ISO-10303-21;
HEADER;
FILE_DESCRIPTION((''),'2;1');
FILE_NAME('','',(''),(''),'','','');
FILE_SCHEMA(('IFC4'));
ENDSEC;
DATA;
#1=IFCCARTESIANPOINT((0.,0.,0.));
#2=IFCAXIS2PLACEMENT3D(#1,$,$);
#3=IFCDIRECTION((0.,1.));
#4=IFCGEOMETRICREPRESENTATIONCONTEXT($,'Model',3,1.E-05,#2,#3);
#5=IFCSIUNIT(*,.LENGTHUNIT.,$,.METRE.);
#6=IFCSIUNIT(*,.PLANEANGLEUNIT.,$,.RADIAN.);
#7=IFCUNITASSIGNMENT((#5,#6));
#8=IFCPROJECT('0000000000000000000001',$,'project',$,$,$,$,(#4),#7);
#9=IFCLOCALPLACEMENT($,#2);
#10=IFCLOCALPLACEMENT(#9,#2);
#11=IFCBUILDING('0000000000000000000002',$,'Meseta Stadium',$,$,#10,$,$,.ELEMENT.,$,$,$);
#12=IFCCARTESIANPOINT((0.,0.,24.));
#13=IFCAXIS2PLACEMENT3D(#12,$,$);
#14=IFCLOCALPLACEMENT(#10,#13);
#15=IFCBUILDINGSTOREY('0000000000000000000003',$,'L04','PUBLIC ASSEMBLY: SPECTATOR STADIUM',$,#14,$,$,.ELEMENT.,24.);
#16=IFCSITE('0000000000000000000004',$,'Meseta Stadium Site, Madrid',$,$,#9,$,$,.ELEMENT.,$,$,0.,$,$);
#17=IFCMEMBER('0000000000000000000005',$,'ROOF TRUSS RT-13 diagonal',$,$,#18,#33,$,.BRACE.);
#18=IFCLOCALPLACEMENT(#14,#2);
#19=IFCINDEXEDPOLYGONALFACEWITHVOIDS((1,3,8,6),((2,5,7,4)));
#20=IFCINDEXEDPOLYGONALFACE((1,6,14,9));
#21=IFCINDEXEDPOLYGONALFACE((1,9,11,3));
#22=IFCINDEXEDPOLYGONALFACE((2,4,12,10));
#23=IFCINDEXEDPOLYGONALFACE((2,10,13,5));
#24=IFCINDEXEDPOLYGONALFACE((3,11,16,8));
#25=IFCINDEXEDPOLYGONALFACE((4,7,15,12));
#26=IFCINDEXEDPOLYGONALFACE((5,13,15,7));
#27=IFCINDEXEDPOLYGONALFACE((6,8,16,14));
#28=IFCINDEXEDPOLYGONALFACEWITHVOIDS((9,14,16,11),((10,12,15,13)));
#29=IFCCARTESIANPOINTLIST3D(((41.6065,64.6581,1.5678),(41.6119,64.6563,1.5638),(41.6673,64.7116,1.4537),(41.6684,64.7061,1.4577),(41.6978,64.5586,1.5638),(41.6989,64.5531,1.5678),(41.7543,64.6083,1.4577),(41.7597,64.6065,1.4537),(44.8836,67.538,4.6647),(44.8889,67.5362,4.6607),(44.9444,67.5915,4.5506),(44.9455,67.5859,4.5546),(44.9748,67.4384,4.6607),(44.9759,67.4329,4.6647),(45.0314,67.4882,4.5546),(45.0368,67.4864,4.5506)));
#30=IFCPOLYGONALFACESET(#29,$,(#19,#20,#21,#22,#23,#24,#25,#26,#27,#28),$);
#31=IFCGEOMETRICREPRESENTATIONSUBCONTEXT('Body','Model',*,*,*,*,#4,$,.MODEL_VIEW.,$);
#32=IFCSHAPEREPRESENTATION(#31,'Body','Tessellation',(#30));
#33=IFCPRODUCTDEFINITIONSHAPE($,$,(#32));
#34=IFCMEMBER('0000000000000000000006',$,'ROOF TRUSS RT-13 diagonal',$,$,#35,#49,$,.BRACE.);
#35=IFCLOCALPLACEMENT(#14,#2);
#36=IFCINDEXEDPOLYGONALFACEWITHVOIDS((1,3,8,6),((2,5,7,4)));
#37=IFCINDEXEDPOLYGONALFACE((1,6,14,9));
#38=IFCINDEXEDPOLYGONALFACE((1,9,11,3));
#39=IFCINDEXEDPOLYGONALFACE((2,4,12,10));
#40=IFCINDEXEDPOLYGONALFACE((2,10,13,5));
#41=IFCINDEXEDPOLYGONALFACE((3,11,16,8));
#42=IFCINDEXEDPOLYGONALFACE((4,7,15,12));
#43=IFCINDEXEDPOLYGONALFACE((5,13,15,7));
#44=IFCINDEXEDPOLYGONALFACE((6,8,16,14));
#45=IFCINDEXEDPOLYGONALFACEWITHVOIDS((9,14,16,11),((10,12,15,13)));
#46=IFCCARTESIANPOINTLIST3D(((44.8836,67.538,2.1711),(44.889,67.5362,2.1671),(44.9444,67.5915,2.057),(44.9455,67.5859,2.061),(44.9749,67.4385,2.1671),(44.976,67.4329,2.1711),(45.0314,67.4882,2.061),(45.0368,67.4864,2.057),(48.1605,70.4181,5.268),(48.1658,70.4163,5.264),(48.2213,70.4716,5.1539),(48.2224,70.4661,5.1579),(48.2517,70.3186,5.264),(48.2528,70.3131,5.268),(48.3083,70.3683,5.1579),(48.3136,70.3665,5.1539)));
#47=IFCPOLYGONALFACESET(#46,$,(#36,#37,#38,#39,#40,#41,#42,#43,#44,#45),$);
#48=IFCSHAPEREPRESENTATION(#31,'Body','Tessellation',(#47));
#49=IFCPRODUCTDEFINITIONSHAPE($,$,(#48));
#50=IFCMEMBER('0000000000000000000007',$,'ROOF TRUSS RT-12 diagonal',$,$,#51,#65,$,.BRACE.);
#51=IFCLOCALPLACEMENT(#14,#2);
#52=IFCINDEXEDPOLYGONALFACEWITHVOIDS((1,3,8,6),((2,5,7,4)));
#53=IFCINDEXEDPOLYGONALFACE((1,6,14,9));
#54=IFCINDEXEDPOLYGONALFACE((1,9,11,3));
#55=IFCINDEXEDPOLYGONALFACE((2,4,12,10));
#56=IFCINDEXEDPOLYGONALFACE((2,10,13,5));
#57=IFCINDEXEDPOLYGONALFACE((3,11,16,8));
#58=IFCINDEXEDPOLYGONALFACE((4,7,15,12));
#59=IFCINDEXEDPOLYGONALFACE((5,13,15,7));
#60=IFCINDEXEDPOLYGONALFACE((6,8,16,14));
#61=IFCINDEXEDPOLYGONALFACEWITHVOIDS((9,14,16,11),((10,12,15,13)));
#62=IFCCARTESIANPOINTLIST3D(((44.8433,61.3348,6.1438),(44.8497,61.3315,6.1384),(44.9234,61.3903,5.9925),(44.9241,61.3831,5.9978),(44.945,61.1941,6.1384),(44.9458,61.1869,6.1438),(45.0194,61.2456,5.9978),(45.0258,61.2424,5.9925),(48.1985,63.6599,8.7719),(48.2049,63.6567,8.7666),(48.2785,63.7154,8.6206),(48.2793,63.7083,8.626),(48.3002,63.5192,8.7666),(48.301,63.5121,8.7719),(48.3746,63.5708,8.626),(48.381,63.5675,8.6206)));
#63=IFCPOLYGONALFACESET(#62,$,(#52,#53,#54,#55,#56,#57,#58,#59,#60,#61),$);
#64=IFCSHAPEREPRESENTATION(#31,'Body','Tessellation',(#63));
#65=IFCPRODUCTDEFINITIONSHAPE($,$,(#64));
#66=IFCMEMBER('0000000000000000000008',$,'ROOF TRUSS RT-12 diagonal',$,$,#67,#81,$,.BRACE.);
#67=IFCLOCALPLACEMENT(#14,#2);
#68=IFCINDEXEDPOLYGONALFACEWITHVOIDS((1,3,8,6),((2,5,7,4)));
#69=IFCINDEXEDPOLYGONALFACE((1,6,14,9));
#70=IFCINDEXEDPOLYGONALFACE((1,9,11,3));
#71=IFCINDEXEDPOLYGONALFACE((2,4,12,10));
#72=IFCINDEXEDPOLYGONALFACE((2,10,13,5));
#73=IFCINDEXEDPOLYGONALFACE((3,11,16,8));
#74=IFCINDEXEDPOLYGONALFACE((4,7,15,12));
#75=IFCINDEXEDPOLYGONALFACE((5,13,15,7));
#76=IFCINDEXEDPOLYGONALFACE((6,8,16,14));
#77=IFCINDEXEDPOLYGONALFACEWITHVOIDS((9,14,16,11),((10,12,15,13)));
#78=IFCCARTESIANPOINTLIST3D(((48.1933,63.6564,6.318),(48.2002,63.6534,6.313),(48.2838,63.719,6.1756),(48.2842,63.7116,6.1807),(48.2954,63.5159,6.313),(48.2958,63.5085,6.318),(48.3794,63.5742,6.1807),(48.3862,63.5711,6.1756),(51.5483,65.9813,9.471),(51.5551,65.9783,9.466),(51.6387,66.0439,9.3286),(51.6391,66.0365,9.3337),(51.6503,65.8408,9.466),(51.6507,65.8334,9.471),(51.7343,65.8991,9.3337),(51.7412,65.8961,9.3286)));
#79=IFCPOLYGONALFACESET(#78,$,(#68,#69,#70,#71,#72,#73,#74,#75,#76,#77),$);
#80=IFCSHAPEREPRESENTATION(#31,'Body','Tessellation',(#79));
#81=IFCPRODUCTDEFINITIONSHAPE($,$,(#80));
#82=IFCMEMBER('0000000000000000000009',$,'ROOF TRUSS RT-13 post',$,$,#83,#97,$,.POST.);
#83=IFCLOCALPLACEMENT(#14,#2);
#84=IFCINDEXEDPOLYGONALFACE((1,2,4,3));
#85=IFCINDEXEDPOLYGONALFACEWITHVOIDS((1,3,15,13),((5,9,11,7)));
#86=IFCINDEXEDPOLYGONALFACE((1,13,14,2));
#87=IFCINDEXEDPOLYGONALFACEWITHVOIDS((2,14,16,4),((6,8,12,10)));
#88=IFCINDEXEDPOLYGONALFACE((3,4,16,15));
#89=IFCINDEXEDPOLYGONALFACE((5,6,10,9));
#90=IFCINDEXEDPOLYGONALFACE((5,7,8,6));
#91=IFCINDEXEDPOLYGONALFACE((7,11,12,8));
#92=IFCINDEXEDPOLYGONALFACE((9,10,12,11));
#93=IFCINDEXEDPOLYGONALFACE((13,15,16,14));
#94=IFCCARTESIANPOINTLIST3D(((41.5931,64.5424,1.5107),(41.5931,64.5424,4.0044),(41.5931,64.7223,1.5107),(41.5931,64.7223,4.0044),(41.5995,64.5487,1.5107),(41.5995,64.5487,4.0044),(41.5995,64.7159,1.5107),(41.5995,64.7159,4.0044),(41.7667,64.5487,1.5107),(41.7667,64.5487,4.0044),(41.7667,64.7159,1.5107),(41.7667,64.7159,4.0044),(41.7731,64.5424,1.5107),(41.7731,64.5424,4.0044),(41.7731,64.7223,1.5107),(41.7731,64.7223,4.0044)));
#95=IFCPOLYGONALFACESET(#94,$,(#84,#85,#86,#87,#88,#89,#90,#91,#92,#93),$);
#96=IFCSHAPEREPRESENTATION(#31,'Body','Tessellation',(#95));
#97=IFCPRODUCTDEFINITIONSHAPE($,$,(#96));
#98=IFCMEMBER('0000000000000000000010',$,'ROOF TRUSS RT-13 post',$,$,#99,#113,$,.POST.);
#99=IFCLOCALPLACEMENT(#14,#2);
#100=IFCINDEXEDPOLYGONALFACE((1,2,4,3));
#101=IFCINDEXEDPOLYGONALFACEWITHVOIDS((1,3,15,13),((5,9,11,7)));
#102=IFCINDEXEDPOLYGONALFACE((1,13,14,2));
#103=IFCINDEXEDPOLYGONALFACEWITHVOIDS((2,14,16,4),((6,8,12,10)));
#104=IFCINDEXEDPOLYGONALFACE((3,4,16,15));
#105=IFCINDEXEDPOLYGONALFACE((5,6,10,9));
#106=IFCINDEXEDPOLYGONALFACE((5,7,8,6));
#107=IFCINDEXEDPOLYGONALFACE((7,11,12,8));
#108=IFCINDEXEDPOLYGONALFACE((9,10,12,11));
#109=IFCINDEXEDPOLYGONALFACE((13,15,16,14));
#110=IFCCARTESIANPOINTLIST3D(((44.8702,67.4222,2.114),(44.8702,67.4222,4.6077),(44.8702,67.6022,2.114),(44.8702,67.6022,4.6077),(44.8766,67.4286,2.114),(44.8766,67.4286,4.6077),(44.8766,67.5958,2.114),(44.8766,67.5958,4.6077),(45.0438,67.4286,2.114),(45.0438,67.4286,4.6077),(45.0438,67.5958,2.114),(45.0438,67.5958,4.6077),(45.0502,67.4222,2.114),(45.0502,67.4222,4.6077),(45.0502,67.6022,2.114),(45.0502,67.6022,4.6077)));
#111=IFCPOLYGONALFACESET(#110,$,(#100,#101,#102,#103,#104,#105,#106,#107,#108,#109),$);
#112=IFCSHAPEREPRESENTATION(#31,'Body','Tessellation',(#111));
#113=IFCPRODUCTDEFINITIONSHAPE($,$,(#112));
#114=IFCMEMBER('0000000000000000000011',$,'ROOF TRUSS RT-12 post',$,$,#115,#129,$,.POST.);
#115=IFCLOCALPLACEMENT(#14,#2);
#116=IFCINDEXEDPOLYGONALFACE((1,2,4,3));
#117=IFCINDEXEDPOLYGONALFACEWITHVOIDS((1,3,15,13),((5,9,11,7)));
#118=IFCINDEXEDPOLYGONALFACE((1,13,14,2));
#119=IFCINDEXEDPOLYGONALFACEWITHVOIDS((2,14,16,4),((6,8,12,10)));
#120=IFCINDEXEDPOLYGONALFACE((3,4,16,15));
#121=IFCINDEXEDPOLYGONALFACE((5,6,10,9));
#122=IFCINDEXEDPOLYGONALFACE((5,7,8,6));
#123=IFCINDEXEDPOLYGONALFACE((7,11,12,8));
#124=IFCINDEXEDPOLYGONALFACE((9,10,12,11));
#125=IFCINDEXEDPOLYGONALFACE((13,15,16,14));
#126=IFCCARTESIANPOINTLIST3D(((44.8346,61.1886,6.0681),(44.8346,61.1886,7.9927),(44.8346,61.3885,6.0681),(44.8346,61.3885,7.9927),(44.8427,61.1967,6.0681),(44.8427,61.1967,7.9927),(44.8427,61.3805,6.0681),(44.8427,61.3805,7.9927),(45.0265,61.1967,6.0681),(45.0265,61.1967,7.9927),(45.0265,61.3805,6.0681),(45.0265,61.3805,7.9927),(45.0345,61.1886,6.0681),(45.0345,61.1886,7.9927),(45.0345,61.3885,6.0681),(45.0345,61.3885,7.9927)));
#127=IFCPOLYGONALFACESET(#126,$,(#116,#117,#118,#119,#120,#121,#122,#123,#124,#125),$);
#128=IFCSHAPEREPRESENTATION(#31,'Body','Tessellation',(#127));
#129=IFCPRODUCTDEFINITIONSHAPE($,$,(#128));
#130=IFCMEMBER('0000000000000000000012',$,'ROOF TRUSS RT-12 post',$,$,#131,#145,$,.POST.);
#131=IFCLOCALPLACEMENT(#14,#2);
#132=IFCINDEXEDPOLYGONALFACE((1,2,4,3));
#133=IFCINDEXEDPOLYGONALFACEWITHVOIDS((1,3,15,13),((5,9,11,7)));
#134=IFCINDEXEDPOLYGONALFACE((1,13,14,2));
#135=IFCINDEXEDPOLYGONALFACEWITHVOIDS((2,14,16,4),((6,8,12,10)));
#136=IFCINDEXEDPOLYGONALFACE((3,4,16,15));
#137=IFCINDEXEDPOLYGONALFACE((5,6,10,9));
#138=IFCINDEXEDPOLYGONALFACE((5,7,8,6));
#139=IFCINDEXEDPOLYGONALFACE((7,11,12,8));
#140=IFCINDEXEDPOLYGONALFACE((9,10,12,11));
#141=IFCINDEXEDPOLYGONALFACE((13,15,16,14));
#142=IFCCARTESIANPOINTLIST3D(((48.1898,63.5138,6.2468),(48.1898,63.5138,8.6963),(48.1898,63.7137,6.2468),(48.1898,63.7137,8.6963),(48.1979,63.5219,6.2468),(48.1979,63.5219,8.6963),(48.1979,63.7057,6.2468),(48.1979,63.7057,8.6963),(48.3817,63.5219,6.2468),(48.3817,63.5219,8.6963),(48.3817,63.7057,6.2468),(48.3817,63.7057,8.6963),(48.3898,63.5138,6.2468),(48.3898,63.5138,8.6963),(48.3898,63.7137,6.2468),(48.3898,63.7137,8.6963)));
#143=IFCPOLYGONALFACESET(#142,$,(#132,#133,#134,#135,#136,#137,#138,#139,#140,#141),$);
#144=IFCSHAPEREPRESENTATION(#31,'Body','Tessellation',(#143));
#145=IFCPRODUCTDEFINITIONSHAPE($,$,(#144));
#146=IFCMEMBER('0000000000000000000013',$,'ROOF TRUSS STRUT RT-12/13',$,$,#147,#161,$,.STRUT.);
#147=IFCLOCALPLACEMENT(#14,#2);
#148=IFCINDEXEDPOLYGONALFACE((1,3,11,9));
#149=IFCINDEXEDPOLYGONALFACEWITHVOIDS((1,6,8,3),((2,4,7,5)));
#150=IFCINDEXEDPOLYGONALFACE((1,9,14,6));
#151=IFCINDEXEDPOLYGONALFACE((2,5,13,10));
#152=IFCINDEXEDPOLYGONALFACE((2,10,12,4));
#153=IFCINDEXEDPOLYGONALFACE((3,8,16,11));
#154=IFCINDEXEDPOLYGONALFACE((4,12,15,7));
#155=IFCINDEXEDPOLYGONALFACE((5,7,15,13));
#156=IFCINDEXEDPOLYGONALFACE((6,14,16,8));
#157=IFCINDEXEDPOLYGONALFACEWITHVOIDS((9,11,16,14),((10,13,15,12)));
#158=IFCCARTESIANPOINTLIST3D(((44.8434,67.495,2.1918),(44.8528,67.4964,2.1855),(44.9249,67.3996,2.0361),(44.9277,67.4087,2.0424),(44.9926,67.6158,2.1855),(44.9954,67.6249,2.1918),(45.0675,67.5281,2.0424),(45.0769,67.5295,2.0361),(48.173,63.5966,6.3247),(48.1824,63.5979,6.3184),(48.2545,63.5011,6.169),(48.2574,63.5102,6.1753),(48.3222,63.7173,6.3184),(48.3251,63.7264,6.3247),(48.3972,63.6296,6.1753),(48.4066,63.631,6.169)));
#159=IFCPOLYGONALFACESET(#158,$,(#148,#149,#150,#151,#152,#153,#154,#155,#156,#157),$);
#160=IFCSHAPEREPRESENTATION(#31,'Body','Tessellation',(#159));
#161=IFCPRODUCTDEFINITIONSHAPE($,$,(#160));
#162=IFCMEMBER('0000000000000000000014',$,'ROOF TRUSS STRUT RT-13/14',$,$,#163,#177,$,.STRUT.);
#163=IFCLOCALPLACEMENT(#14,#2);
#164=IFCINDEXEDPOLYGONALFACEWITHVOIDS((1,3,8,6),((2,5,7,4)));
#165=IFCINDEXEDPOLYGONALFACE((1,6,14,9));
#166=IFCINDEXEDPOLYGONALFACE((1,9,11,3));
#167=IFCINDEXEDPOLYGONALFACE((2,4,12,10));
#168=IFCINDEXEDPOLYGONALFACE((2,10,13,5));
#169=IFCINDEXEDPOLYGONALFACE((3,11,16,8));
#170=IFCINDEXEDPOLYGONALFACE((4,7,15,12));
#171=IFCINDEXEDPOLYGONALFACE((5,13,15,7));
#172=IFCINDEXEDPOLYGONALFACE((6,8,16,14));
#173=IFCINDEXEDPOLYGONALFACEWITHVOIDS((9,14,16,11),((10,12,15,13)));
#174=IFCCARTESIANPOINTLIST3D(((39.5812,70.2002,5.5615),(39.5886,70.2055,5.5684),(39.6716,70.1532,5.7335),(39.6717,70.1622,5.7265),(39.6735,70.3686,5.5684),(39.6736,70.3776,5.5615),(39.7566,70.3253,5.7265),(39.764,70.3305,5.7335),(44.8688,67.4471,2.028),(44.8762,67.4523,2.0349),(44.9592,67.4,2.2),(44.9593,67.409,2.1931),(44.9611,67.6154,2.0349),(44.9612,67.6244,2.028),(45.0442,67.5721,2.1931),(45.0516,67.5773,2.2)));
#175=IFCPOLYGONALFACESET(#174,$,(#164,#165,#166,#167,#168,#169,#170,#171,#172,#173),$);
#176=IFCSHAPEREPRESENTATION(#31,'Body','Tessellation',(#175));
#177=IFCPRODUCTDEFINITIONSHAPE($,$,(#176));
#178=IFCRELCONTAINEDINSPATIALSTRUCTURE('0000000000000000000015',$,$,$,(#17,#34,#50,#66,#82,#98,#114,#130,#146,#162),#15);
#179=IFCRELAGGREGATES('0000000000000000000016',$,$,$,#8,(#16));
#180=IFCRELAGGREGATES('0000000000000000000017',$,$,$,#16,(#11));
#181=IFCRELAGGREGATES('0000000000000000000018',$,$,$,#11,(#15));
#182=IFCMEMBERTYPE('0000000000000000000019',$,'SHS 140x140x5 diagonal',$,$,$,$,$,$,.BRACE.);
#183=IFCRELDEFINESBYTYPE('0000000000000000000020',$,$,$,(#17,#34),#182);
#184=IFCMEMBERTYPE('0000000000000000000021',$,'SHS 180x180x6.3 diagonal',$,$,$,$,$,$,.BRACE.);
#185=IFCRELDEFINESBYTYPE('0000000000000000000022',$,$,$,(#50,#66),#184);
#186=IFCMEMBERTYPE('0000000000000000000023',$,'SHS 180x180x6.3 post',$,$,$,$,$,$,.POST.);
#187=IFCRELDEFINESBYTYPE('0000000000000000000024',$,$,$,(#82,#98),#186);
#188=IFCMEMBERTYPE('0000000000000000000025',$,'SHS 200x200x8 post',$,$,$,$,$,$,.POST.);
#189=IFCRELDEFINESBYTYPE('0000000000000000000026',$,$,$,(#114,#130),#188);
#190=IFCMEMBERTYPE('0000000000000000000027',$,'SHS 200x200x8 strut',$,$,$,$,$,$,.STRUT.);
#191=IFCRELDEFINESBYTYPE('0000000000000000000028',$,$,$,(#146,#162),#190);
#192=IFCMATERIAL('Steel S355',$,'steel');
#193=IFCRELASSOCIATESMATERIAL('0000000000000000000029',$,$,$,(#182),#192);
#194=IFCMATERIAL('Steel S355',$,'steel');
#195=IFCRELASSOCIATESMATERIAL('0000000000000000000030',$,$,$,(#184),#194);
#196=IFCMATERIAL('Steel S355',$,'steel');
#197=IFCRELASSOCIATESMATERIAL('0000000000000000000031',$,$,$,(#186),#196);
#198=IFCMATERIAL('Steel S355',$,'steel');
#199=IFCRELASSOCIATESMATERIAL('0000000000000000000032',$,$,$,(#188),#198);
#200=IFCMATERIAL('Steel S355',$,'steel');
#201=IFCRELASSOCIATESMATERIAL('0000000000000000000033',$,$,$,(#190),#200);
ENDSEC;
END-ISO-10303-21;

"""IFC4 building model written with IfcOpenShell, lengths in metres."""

from ifc_helpers import new_model, si_unit, direction, frame, origin, origin_2d, place, context, subcontext, project, spatial, hollow_rectangle, extrude, material, material_profile, profile_set, type_object, element, save


model = new_model("IFC4")

# Units and contexts
model_context = context("Model", 3, precision=1e-05, world=origin(), true_north=direction((0.0, 1.0)))
body_context = subcontext(model_context, "Body", "Model", "MODEL_VIEW")
ifc_project = project(units=[si_unit("LENGTHUNIT", "METRE"), si_unit("PLANEANGLEUNIT", "RADIAN")], contexts=[model_context])

# Site, building, storey
site_placement = place(None, origin())
site = spatial("IfcSite", under=ifc_project, at=site_placement, Name="Meseta Stadium Site, Madrid", CompositionType="ELEMENT", RefElevation=0.0)
building_placement = place(site_placement, origin())
building = spatial("IfcBuilding", under=site, at=building_placement, Name="Meseta Stadium", CompositionType="ELEMENT")
storey_placement = place(building_placement, frame((0.0, 0.0, 24.0)))
storey = spatial("IfcBuildingStorey", under=building, at=storey_placement, Name="L04", Description="PUBLIC ASSEMBLY: SPECTATOR STADIUM", CompositionType="ELEMENT", Elevation=24.0)

# Members
ifc_material_1 = material(Name="Steel S355", Category="steel")
ifc_material_profile_1 = material_profile(ifc_material_1, hollow_rectangle(XDim=0.1399, YDim=0.1399, WallThickness=0.0049, at=origin_2d()), Name="SHS 140x140x5")
ifc_profile_set_1 = profile_set([ifc_material_profile_1], Name="Steel S355")
member_type_1 = type_object("IfcMemberType", Name="SHS 140x140x5 diagonal", PredefinedType="BRACE", material=ifc_profile_set_1)
for number, where, z_axis, x_axis, name in (
    (1, (41.6831, 64.6323, 1.5107), (0.612525, 0.538281, 0.578849), (-0.660116, 0.751164, 0.0), "ROOF TRUSS RT-13 diagonal"),
    (2, (44.9602, 67.5122, 2.114), (0.612482, 0.538329, 0.578851), (-0.660175, 0.751112, 0.0), "ROOF TRUSS RT-13 diagonal"),
):
    element("IfcMember", number, at=place(storey_placement, frame(where, z_axis=z_axis, x_axis=x_axis)), inside=storey, type_object=member_type_1, Name=name, PredefinedType="BRACE", context=body_context, shape_type="SweptSolid", body=[
        extrude(hollow_rectangle(XDim=0.1399, YDim=0.1399, WallThickness=0.0049, at=origin_2d()), origin(), (0.0, 0.0, 1.0), 5.3501),
    ])
ifc_material_2 = material(Name="Steel S355", Category="steel")
ifc_material_profile_2 = material_profile(ifc_material_2, hollow_rectangle(XDim=0.1799, YDim=0.1799, WallThickness=0.0063, at=origin_2d()), Name="SHS 180x180x6.3")
ifc_profile_set_2 = profile_set([ifc_material_profile_2], Name="Steel S355")
member_type_2 = type_object("IfcMemberType", Name="SHS 180x180x6.3 diagonal", PredefinedType="BRACE", material=ifc_profile_set_2)
member_1_placement = place(storey_placement, frame((44.9346, 61.2886, 6.0681), z_axis=(0.691081, 0.478925, 0.54133), x_axis=(-0.569599, 0.821923, 0.0)))
element("IfcMember", 3, at=member_1_placement, inside=storey, type_object=member_type_2, Name="ROOF TRUSS RT-12 diagonal", PredefinedType="BRACE", context=body_context, shape_type="SweptSolid", body=[
    extrude(hollow_rectangle(XDim=0.1799, YDim=0.1799, WallThickness=0.0063, at=origin_2d()), origin(), (0.0, 0.0, 1.0), 4.855),
])
member_2_placement = place(storey_placement, frame((48.2898, 63.6138, 6.2468), z_axis=(0.650464, 0.450762, 0.611319), x_axis=(-0.569586, 0.821932, 0.0)))
element("IfcMember", 4, at=member_2_placement, inside=storey, type_object=member_type_2, Name="ROOF TRUSS RT-12 diagonal", PredefinedType="BRACE", context=body_context, shape_type="SweptSolid", body=[
    extrude(hollow_rectangle(XDim=0.1799, YDim=0.1799, WallThickness=0.0063, at=origin_2d()), origin(), (0.0, 0.0, 1.0), 5.1577),
])
ifc_material_3 = material(Name="Steel S355", Category="steel")
ifc_material_profile_3 = material_profile(ifc_material_3, hollow_rectangle(XDim=0.1799, YDim=0.1799, WallThickness=0.0063, at=origin_2d()), Name="SHS 180x180x6.3")
ifc_profile_set_3 = profile_set([ifc_material_profile_3], Name="Steel S355")
member_type_3 = type_object("IfcMemberType", Name="SHS 180x180x6.3 post", PredefinedType="POST", material=ifc_profile_set_3)
for number, where, z_axis, x_axis, name in (
    (5, (41.6831, 64.6323, 1.5107), (0.0, 0.0, 1.0), (1.0, 0.0, 0.0), "ROOF TRUSS RT-13 post"),
    (6, (44.9602, 67.5122, 2.114), (0.0, 0.0, 1.0), (1.0, 0.0, 0.0), "ROOF TRUSS RT-13 post"),
):
    element("IfcMember", number, at=place(storey_placement, frame(where, z_axis=z_axis, x_axis=x_axis)), inside=storey, type_object=member_type_3, Name=name, PredefinedType="POST", context=body_context, shape_type="SweptSolid", body=[
        extrude(hollow_rectangle(XDim=0.1799, YDim=0.1799, WallThickness=0.0063, at=origin_2d()), origin(), (0.0, 0.0, 1.0), 2.4937),
    ])
ifc_material_4 = material(Name="Steel S355", Category="steel")
ifc_material_profile_4 = material_profile(ifc_material_4, hollow_rectangle(XDim=0.2, YDim=0.2, WallThickness=0.0081, at=origin_2d()), Name="SHS 200x200x8")
ifc_profile_set_4 = profile_set([ifc_material_profile_4], Name="Steel S355")
member_type_4 = type_object("IfcMemberType", Name="SHS 200x200x8 post", PredefinedType="POST", material=ifc_profile_set_4)
member_3_placement = place(storey_placement, frame((44.9346, 61.2886, 6.0681), z_axis=(0.0, 0.0, 1.0), x_axis=(1.0, 0.0, 0.0)))
element("IfcMember", 7, at=member_3_placement, inside=storey, type_object=member_type_4, Name="ROOF TRUSS RT-12 post", PredefinedType="POST", context=body_context, shape_type="SweptSolid", body=[
    extrude(hollow_rectangle(XDim=0.2, YDim=0.2, WallThickness=0.0081, at=origin_2d()), origin(), (0.0, 0.0, 1.0), 1.9246),
])
member_4_placement = place(storey_placement, frame((48.2898, 63.6138, 6.2468), z_axis=(0.0, 0.0, 1.0), x_axis=(1.0, 0.0, 0.0)))
element("IfcMember", 8, at=member_4_placement, inside=storey, type_object=member_type_4, Name="ROOF TRUSS RT-12 post", PredefinedType="POST", context=body_context, shape_type="SweptSolid", body=[
    extrude(hollow_rectangle(XDim=0.2, YDim=0.2, WallThickness=0.0081, at=origin_2d()), origin(), (0.0, 0.0, 1.0), 2.4495),
])
ifc_material_5 = material(Name="Steel S355", Category="steel")
ifc_material_profile_5 = material_profile(ifc_material_5, hollow_rectangle(XDim=0.2, YDim=0.2, WallThickness=0.0081, at=origin_2d()), Name="SHS 200x200x8")
ifc_profile_set_5 = profile_set([ifc_material_profile_5], Name="Steel S355")
member_type_5 = type_object("IfcMemberType", Name="SHS 200x200x8 strut", PredefinedType="STRUT", material=ifc_profile_set_5)
member_5_placement = place(storey_placement, frame((48.2898, 63.6138, 6.2468), z_axis=(-0.505621, 0.592005, -0.627596), x_axis=(-0.760405, -0.649449, 0.0)))
element("IfcMember", 9, at=member_5_placement, inside=storey, type_object=member_type_5, Name="ROOF TRUSS STRUT RT-12/13", PredefinedType="STRUT", context=body_context, shape_type="SweptSolid", body=[
    extrude(hollow_rectangle(XDim=0.2, YDim=0.2, WallThickness=0.0081, at=origin_2d()), origin(), (0.0, 0.0, 1.0), 6.5852),
])
member_6_placement = place(storey_placement, frame((44.9602, 67.5122, 2.114), z_axis=(-0.763009, 0.397287, 0.509882), x_axis=(-0.461831, -0.886968, 0.0)))
element("IfcMember", 10, at=member_6_placement, inside=storey, type_object=member_type_5, Name="ROOF TRUSS STRUT RT-13/14", PredefinedType="STRUT", context=body_context, shape_type="SweptSolid", body=[
    extrude(hollow_rectangle(XDim=0.2, YDim=0.2, WallThickness=0.0081, at=origin_2d()), origin(), (0.0, 0.0, 1.0), 6.9299),
])

save(model, "model.ifc")
